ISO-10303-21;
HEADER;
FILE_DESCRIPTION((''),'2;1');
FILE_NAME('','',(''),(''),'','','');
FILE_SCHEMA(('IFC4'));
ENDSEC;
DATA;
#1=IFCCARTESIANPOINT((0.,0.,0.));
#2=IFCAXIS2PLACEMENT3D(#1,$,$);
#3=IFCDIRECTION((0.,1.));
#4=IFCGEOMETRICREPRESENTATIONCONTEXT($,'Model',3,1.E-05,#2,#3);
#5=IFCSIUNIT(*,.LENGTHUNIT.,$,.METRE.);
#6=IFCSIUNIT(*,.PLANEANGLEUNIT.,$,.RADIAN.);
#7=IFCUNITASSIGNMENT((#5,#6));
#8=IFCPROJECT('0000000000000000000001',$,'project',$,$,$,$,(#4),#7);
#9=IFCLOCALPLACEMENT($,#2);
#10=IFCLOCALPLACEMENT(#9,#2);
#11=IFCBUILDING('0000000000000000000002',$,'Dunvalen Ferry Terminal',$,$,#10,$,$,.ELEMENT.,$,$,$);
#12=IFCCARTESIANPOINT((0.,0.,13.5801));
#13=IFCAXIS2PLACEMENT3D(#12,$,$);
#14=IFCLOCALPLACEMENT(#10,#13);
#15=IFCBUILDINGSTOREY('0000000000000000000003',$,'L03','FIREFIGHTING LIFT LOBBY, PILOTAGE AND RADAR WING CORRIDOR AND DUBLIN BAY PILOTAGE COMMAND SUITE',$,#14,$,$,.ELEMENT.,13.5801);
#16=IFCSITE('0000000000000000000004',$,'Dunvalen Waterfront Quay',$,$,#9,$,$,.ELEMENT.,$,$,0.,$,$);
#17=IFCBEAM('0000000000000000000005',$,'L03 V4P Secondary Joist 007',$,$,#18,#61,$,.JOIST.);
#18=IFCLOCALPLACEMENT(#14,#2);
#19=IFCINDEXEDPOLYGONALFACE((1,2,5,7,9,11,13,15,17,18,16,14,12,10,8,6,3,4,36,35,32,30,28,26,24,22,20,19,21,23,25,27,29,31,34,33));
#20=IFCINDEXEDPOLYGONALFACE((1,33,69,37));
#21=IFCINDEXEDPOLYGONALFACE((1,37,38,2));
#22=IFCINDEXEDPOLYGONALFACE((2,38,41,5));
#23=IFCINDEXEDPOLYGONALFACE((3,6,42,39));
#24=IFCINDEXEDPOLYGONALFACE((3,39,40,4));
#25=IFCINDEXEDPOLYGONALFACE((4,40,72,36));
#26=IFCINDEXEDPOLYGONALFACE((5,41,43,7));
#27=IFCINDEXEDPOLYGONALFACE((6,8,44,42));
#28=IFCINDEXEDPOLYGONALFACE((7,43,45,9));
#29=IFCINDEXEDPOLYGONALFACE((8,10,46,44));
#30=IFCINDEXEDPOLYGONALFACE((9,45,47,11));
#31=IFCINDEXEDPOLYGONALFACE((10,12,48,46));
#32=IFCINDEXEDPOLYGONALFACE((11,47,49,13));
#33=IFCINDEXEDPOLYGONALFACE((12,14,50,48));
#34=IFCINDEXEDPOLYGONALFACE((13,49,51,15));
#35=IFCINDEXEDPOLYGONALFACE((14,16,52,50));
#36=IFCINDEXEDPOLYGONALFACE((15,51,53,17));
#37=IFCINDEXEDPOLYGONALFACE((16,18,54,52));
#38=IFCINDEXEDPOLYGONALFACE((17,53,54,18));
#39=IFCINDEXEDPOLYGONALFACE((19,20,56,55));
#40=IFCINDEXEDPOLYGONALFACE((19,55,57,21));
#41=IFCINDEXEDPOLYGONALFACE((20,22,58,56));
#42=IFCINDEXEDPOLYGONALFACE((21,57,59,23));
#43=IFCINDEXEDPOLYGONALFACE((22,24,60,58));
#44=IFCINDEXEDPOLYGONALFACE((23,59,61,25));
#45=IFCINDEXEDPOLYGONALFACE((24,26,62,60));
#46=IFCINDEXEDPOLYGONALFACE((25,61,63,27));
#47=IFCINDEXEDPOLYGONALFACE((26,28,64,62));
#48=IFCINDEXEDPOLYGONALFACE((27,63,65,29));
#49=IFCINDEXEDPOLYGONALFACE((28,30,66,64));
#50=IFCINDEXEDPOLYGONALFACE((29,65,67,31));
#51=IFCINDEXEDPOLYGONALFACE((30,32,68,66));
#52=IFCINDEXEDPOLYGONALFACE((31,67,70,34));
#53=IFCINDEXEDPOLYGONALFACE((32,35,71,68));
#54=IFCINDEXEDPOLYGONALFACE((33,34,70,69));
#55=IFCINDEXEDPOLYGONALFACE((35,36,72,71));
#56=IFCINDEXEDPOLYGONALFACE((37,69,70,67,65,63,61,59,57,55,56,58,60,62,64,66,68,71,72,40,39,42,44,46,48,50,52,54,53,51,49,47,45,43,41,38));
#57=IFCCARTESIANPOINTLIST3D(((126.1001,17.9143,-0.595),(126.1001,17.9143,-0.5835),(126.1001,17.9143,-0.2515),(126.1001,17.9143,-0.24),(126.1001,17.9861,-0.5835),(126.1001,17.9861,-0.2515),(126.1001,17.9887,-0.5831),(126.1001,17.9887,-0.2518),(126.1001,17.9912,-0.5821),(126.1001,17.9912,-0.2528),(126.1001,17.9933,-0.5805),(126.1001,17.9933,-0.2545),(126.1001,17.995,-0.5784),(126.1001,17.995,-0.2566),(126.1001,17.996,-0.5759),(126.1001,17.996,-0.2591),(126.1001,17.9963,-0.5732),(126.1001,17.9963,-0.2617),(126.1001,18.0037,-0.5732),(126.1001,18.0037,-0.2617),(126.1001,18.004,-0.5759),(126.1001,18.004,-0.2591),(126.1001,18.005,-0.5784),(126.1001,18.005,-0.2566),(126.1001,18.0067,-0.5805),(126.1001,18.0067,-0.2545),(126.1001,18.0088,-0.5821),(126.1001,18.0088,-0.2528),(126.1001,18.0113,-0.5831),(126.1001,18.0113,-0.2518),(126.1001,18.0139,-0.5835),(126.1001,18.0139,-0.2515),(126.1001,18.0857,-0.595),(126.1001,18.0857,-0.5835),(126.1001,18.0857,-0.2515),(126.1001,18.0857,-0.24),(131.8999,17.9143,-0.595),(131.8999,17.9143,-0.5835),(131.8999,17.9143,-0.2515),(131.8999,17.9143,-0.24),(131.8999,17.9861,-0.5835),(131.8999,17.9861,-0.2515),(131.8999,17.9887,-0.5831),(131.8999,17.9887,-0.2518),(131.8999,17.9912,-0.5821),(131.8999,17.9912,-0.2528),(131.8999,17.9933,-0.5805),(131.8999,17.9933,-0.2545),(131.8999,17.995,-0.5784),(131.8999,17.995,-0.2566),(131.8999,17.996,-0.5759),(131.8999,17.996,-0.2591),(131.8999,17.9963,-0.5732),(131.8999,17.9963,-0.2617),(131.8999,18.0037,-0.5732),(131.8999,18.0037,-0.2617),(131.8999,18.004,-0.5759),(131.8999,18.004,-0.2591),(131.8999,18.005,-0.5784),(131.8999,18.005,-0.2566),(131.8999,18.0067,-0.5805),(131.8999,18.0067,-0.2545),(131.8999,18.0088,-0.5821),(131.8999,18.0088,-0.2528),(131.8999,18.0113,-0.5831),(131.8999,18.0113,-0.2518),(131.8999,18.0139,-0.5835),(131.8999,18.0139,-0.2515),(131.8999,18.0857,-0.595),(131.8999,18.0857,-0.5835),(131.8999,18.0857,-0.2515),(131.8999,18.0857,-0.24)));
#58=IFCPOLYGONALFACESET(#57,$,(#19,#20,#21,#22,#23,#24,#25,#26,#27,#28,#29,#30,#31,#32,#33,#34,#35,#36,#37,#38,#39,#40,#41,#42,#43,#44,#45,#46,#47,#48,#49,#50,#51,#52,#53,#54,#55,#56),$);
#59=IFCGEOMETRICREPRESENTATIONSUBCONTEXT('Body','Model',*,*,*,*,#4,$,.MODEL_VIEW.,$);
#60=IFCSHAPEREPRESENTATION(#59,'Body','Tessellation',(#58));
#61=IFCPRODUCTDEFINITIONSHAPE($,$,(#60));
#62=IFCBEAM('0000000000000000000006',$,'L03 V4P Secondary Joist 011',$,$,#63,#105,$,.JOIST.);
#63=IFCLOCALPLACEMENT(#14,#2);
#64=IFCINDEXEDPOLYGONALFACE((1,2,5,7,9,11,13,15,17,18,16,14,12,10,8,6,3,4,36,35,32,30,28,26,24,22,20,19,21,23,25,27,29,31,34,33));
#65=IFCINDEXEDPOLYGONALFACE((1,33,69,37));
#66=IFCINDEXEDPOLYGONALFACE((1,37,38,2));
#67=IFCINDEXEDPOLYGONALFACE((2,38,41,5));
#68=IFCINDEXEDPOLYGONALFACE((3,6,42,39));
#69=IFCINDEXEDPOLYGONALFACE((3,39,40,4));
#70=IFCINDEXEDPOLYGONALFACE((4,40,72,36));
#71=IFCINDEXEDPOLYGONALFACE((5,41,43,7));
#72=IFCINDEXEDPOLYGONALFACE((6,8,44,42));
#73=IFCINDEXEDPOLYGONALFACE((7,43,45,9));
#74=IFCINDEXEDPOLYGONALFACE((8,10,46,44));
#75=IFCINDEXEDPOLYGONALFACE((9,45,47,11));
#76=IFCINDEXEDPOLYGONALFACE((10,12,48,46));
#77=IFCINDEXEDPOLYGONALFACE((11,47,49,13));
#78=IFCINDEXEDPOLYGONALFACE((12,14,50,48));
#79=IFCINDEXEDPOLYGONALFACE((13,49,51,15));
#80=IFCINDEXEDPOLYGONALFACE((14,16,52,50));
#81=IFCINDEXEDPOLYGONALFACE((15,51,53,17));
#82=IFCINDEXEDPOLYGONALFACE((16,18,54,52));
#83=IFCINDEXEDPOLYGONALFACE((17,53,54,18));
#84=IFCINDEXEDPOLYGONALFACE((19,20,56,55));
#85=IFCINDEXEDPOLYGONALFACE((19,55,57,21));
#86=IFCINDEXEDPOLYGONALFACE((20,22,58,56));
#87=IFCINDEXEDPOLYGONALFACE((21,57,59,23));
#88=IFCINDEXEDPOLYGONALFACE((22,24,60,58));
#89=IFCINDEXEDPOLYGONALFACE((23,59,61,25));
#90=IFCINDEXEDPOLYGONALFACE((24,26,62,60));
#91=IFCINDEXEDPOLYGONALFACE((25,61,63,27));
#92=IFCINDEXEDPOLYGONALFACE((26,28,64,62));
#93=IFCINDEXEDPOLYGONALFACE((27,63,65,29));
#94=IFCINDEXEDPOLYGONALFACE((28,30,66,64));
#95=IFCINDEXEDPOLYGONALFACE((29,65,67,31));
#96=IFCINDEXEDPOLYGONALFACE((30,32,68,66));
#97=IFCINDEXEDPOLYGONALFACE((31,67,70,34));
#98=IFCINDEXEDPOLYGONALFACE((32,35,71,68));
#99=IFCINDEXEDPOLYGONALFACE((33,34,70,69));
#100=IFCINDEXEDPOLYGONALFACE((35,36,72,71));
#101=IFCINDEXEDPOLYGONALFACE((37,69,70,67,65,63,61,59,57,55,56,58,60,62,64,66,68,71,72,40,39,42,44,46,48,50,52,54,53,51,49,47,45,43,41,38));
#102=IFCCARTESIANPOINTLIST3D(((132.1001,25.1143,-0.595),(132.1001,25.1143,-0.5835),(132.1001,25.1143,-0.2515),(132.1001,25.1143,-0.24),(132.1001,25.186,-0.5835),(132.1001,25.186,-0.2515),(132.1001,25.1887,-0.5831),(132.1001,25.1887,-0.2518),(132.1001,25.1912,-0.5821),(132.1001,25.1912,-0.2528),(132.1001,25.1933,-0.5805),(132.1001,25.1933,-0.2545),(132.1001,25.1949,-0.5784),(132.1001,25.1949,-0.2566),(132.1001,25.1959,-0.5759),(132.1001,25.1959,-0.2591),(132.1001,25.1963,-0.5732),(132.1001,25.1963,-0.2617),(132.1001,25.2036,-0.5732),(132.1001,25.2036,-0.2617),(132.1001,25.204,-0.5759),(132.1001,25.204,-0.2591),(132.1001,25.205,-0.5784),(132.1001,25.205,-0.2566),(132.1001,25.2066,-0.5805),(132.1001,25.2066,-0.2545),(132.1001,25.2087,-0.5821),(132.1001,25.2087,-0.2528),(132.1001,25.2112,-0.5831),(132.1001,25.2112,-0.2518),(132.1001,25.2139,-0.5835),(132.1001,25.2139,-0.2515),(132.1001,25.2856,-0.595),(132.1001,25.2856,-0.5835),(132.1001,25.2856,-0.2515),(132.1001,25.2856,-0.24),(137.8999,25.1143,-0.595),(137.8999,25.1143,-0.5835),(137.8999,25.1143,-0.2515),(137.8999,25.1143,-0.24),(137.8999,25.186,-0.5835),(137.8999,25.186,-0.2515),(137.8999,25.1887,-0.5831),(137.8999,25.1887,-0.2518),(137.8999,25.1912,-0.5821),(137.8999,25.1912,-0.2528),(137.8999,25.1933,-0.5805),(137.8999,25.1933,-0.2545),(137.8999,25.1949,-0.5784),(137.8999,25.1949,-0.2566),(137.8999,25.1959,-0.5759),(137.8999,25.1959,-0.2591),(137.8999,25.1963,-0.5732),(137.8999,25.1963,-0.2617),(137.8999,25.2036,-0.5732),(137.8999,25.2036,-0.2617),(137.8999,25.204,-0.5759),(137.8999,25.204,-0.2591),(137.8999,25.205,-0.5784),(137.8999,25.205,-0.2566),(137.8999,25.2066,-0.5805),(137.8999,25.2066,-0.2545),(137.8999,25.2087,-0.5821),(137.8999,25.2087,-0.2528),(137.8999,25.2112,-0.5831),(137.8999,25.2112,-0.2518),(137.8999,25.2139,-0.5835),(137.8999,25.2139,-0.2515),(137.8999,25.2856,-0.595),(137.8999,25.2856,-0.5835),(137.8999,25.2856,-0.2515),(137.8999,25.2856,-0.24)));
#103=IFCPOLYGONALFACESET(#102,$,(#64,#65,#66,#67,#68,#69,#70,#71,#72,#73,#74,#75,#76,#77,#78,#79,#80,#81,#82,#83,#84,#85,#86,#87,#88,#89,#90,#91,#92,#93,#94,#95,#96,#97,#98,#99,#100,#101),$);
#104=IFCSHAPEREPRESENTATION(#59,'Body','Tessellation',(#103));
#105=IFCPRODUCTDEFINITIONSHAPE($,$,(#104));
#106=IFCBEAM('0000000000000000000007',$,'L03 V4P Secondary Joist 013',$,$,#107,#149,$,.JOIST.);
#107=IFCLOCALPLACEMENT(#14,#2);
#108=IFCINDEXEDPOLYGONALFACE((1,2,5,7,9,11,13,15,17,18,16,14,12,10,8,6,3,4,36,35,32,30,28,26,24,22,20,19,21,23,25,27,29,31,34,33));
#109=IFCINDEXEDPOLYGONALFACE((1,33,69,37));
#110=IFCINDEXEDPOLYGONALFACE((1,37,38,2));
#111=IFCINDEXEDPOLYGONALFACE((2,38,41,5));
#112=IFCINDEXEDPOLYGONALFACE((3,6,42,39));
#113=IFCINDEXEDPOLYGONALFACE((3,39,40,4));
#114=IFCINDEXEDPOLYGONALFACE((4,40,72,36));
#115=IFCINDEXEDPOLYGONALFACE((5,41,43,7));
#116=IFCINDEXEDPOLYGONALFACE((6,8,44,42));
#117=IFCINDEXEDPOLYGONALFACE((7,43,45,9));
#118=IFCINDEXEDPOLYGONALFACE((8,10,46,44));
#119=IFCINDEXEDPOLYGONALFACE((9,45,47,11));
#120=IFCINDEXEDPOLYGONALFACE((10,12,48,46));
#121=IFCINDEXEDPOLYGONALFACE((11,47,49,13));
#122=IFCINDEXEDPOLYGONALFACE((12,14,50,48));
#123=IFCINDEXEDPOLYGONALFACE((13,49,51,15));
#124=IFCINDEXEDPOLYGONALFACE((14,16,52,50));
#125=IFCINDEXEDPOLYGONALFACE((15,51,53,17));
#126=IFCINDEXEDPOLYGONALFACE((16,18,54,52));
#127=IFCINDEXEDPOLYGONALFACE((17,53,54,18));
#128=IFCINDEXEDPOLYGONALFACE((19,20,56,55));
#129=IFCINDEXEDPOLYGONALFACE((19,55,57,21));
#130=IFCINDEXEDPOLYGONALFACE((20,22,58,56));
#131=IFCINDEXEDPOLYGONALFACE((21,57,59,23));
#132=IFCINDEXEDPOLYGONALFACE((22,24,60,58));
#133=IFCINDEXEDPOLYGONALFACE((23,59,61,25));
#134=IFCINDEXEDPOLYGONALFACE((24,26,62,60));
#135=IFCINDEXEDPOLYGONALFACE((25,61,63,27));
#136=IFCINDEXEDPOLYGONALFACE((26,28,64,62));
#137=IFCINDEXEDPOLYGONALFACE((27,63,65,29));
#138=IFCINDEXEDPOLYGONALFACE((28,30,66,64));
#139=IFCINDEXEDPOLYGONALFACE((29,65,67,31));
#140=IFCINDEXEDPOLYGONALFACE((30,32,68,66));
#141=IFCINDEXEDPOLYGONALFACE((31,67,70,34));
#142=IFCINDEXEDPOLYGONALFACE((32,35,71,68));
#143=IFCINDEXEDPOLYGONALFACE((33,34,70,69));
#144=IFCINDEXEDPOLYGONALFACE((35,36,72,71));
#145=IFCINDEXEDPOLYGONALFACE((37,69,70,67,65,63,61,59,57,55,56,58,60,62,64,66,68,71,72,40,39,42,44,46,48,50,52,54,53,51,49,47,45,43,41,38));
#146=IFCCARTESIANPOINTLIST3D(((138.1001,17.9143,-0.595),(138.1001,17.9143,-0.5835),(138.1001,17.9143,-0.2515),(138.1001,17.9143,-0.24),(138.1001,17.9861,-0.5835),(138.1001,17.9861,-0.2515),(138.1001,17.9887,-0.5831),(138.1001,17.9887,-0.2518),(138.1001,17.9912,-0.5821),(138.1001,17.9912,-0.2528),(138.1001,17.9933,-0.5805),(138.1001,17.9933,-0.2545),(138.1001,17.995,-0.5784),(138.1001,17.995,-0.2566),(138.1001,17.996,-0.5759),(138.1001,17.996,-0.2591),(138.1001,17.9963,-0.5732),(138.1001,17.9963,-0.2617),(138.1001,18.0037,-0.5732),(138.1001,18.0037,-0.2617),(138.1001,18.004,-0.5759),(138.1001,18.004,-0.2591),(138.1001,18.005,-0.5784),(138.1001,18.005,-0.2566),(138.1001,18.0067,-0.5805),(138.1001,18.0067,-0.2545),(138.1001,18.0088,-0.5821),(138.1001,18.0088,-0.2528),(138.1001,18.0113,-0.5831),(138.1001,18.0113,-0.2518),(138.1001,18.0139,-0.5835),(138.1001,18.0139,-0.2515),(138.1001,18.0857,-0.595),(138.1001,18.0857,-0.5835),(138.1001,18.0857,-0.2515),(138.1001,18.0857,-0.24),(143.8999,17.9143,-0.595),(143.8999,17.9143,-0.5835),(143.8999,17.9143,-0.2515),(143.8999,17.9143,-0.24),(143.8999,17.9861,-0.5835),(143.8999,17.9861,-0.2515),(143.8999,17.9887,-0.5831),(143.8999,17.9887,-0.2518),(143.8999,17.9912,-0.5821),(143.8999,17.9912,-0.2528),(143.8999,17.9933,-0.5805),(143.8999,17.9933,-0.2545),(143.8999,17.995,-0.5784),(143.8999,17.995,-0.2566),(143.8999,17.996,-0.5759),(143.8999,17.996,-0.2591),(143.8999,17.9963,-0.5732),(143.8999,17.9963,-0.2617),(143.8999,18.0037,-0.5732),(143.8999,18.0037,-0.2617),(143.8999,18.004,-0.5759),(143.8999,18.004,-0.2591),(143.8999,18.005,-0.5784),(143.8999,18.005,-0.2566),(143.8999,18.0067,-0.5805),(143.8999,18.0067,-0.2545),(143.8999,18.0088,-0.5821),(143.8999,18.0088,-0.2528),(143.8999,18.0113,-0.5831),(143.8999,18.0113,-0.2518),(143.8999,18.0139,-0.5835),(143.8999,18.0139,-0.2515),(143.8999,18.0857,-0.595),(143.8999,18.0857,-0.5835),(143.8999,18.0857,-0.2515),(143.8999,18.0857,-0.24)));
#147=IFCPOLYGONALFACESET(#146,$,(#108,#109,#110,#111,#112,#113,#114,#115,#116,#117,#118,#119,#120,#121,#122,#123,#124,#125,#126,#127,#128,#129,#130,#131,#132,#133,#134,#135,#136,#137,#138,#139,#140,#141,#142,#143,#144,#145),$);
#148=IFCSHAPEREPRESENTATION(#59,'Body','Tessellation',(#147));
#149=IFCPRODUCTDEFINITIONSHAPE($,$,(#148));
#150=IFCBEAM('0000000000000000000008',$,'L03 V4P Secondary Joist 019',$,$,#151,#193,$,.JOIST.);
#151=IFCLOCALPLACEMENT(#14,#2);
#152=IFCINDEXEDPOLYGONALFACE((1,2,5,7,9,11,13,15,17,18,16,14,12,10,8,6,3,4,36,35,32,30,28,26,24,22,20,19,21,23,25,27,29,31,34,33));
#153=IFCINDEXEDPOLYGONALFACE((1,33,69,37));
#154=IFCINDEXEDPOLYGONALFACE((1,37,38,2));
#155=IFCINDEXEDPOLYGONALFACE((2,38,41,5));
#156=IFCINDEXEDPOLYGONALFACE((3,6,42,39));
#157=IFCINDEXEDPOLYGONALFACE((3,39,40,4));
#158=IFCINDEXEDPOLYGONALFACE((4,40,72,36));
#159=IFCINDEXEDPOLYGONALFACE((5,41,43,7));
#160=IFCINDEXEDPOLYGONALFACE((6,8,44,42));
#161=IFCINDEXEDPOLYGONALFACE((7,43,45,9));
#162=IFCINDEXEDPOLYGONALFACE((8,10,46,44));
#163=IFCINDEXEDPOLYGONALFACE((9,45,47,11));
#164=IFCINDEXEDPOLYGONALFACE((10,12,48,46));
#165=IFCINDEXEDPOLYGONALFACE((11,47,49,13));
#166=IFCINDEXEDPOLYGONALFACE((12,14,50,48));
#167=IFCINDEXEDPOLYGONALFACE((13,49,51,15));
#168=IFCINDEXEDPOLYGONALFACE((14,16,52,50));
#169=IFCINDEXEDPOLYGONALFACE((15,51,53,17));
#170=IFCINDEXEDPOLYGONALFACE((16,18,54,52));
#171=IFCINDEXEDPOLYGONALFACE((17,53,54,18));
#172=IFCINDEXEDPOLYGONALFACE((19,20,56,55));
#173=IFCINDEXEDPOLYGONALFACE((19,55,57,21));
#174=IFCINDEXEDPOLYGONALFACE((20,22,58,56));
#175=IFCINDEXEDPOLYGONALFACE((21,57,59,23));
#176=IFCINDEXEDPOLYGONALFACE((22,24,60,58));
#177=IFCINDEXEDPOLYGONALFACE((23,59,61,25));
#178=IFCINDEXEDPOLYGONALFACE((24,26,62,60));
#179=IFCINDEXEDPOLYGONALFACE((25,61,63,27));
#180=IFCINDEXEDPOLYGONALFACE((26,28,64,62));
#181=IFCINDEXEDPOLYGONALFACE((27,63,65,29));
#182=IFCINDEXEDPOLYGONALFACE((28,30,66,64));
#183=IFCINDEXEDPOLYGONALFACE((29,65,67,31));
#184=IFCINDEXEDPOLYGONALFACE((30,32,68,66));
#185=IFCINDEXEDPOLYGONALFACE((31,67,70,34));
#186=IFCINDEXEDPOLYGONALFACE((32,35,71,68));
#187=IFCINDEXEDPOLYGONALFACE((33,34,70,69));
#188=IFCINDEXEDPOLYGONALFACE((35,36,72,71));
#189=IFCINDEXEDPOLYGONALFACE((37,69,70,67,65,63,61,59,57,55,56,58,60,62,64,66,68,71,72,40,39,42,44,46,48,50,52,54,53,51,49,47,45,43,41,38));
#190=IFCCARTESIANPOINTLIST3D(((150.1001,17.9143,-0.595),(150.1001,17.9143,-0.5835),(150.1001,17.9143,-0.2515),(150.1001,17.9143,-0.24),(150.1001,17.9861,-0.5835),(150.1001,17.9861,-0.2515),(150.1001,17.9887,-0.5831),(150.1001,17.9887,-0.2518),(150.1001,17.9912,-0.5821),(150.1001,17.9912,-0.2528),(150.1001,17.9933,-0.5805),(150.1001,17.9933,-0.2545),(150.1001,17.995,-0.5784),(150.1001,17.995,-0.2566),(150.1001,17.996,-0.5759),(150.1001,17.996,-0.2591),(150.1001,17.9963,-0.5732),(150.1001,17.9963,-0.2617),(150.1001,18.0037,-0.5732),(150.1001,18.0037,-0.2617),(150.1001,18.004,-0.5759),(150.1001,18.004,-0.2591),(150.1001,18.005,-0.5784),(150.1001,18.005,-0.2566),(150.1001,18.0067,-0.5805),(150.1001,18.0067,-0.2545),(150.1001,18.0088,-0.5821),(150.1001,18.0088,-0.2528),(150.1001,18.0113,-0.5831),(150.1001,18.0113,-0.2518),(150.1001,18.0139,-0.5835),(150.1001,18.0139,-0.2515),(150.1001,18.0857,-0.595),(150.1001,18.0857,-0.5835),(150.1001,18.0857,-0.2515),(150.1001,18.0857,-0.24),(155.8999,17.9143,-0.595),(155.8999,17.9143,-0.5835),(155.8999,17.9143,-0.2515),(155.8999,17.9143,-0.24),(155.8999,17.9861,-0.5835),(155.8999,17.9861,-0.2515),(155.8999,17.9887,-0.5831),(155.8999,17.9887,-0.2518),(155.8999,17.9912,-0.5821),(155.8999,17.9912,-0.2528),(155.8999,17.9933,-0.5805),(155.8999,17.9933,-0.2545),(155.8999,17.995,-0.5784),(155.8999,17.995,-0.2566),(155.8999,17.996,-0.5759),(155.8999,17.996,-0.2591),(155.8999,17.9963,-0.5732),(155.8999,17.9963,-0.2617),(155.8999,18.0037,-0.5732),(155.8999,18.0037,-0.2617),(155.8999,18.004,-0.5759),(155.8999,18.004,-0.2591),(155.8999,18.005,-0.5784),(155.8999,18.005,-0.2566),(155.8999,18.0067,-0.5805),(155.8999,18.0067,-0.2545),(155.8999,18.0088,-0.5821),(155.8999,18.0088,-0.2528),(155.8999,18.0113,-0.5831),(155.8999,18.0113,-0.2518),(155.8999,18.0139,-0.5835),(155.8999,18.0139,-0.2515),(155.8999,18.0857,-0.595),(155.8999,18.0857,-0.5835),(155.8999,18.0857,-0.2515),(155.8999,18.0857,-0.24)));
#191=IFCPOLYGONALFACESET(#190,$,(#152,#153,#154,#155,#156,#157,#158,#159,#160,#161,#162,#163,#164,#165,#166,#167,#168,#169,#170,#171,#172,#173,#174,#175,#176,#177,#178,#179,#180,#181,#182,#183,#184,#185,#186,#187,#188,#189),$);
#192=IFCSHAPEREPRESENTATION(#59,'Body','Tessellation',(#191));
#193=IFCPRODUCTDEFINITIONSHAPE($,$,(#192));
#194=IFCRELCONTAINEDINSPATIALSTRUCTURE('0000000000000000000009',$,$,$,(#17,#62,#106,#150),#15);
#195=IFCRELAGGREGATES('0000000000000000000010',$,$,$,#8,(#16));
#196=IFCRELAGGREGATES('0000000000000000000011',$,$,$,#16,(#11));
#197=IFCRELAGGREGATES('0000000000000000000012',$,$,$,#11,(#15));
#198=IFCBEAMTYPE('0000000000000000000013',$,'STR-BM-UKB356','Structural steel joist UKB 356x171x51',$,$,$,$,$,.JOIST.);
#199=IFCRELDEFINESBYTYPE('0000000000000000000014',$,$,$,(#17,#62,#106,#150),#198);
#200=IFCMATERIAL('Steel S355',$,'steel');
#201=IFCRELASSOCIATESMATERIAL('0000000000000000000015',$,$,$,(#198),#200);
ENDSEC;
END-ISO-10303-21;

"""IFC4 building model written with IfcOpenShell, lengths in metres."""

from ifc_helpers import new_model, si_unit, direction, frame, origin, origin_2d, place, context, subcontext, project, spatial, i_section, extrude, material, material_profile, profile_set, type_object, element, save


model = new_model("IFC4")

# Units and contexts
model_context = context("Model", 3, precision=1e-05, world=origin(), true_north=direction((0.0, 1.0)))
body_context = subcontext(model_context, "Body", "Model", "MODEL_VIEW")
ifc_project = project(units=[si_unit("LENGTHUNIT", "METRE"), si_unit("PLANEANGLEUNIT", "RADIAN")], contexts=[model_context])

# Site, building, storey
site_placement = place(None, origin())
site = spatial("IfcSite", under=ifc_project, at=site_placement, Name="Dunvalen Waterfront Quay", CompositionType="ELEMENT", RefElevation=0.0)
building_placement = place(site_placement, origin())
building = spatial("IfcBuilding", under=site, at=building_placement, Name="Dunvalen Ferry Terminal", CompositionType="ELEMENT")
storey_placement = place(building_placement, frame((0.0, 0.0, 13.5801)))
storey = spatial("IfcBuildingStorey", under=building, at=storey_placement, Name="L03", Description="FIREFIGHTING LIFT LOBBY, PILOTAGE AND RADAR WING CORRIDOR AND DUBLIN BAY PILOTAGE COMMAND SUITE", CompositionType="ELEMENT", Elevation=13.5801)

# Beams
ifc_material_1 = material(Name="Steel S355", Category="steel")
ifc_material_profile_1 = material_profile(ifc_material_1, i_section(OverallWidth=0.1714, OverallDepth=0.355, WebThickness=0.0073, FlangeThickness=0.0115, FilletRadius=0.0103, at=origin_2d()), Name="Steel S355")
ifc_profile_set_1 = profile_set([ifc_material_profile_1], Name="Steel S355")
beam_type_1 = type_object("IfcBeamType", Name="STR-BM-UKB356", Description="Structural steel joist UKB 356x171x51", PredefinedType="JOIST", material=ifc_profile_set_1)
for number, where, z_axis, x_axis, name in (
    (1, (126.1001, 18.0, -0.4175), (1.0, 0.0, 0.0), (0.0, 1.0, 0.0), "L03 V4P Secondary Joist 007"),
    (2, (132.1001, 25.2, -0.4175), (1.0, 0.0, 0.0), (0.0, 1.0, 0.0), "L03 V4P Secondary Joist 011"),
    (3, (138.1001, 18.0, -0.4175), (1.0, 0.0, 0.0), (0.0, 1.0, 0.0), "L03 V4P Secondary Joist 013"),
    (4, (150.1001, 18.0, -0.4175), (1.0, 0.0, 0.0), (0.0, 1.0, 0.0), "L03 V4P Secondary Joist 019"),
):
    element("IfcBeam", number, at=place(storey_placement, frame(where, z_axis=z_axis, x_axis=x_axis)), inside=storey, type_object=beam_type_1, Name=name, PredefinedType="JOIST", context=body_context, shape_type="SweptSolid", body=[
        extrude(i_section(OverallWidth=0.1714, OverallDepth=0.355, WebThickness=0.0073, FlangeThickness=0.0115, FilletRadius=0.0103, at=origin_2d()), origin(), (0.0, 0.0, 1.0), 5.7998),
    ])

save(model, "model.ifc")
